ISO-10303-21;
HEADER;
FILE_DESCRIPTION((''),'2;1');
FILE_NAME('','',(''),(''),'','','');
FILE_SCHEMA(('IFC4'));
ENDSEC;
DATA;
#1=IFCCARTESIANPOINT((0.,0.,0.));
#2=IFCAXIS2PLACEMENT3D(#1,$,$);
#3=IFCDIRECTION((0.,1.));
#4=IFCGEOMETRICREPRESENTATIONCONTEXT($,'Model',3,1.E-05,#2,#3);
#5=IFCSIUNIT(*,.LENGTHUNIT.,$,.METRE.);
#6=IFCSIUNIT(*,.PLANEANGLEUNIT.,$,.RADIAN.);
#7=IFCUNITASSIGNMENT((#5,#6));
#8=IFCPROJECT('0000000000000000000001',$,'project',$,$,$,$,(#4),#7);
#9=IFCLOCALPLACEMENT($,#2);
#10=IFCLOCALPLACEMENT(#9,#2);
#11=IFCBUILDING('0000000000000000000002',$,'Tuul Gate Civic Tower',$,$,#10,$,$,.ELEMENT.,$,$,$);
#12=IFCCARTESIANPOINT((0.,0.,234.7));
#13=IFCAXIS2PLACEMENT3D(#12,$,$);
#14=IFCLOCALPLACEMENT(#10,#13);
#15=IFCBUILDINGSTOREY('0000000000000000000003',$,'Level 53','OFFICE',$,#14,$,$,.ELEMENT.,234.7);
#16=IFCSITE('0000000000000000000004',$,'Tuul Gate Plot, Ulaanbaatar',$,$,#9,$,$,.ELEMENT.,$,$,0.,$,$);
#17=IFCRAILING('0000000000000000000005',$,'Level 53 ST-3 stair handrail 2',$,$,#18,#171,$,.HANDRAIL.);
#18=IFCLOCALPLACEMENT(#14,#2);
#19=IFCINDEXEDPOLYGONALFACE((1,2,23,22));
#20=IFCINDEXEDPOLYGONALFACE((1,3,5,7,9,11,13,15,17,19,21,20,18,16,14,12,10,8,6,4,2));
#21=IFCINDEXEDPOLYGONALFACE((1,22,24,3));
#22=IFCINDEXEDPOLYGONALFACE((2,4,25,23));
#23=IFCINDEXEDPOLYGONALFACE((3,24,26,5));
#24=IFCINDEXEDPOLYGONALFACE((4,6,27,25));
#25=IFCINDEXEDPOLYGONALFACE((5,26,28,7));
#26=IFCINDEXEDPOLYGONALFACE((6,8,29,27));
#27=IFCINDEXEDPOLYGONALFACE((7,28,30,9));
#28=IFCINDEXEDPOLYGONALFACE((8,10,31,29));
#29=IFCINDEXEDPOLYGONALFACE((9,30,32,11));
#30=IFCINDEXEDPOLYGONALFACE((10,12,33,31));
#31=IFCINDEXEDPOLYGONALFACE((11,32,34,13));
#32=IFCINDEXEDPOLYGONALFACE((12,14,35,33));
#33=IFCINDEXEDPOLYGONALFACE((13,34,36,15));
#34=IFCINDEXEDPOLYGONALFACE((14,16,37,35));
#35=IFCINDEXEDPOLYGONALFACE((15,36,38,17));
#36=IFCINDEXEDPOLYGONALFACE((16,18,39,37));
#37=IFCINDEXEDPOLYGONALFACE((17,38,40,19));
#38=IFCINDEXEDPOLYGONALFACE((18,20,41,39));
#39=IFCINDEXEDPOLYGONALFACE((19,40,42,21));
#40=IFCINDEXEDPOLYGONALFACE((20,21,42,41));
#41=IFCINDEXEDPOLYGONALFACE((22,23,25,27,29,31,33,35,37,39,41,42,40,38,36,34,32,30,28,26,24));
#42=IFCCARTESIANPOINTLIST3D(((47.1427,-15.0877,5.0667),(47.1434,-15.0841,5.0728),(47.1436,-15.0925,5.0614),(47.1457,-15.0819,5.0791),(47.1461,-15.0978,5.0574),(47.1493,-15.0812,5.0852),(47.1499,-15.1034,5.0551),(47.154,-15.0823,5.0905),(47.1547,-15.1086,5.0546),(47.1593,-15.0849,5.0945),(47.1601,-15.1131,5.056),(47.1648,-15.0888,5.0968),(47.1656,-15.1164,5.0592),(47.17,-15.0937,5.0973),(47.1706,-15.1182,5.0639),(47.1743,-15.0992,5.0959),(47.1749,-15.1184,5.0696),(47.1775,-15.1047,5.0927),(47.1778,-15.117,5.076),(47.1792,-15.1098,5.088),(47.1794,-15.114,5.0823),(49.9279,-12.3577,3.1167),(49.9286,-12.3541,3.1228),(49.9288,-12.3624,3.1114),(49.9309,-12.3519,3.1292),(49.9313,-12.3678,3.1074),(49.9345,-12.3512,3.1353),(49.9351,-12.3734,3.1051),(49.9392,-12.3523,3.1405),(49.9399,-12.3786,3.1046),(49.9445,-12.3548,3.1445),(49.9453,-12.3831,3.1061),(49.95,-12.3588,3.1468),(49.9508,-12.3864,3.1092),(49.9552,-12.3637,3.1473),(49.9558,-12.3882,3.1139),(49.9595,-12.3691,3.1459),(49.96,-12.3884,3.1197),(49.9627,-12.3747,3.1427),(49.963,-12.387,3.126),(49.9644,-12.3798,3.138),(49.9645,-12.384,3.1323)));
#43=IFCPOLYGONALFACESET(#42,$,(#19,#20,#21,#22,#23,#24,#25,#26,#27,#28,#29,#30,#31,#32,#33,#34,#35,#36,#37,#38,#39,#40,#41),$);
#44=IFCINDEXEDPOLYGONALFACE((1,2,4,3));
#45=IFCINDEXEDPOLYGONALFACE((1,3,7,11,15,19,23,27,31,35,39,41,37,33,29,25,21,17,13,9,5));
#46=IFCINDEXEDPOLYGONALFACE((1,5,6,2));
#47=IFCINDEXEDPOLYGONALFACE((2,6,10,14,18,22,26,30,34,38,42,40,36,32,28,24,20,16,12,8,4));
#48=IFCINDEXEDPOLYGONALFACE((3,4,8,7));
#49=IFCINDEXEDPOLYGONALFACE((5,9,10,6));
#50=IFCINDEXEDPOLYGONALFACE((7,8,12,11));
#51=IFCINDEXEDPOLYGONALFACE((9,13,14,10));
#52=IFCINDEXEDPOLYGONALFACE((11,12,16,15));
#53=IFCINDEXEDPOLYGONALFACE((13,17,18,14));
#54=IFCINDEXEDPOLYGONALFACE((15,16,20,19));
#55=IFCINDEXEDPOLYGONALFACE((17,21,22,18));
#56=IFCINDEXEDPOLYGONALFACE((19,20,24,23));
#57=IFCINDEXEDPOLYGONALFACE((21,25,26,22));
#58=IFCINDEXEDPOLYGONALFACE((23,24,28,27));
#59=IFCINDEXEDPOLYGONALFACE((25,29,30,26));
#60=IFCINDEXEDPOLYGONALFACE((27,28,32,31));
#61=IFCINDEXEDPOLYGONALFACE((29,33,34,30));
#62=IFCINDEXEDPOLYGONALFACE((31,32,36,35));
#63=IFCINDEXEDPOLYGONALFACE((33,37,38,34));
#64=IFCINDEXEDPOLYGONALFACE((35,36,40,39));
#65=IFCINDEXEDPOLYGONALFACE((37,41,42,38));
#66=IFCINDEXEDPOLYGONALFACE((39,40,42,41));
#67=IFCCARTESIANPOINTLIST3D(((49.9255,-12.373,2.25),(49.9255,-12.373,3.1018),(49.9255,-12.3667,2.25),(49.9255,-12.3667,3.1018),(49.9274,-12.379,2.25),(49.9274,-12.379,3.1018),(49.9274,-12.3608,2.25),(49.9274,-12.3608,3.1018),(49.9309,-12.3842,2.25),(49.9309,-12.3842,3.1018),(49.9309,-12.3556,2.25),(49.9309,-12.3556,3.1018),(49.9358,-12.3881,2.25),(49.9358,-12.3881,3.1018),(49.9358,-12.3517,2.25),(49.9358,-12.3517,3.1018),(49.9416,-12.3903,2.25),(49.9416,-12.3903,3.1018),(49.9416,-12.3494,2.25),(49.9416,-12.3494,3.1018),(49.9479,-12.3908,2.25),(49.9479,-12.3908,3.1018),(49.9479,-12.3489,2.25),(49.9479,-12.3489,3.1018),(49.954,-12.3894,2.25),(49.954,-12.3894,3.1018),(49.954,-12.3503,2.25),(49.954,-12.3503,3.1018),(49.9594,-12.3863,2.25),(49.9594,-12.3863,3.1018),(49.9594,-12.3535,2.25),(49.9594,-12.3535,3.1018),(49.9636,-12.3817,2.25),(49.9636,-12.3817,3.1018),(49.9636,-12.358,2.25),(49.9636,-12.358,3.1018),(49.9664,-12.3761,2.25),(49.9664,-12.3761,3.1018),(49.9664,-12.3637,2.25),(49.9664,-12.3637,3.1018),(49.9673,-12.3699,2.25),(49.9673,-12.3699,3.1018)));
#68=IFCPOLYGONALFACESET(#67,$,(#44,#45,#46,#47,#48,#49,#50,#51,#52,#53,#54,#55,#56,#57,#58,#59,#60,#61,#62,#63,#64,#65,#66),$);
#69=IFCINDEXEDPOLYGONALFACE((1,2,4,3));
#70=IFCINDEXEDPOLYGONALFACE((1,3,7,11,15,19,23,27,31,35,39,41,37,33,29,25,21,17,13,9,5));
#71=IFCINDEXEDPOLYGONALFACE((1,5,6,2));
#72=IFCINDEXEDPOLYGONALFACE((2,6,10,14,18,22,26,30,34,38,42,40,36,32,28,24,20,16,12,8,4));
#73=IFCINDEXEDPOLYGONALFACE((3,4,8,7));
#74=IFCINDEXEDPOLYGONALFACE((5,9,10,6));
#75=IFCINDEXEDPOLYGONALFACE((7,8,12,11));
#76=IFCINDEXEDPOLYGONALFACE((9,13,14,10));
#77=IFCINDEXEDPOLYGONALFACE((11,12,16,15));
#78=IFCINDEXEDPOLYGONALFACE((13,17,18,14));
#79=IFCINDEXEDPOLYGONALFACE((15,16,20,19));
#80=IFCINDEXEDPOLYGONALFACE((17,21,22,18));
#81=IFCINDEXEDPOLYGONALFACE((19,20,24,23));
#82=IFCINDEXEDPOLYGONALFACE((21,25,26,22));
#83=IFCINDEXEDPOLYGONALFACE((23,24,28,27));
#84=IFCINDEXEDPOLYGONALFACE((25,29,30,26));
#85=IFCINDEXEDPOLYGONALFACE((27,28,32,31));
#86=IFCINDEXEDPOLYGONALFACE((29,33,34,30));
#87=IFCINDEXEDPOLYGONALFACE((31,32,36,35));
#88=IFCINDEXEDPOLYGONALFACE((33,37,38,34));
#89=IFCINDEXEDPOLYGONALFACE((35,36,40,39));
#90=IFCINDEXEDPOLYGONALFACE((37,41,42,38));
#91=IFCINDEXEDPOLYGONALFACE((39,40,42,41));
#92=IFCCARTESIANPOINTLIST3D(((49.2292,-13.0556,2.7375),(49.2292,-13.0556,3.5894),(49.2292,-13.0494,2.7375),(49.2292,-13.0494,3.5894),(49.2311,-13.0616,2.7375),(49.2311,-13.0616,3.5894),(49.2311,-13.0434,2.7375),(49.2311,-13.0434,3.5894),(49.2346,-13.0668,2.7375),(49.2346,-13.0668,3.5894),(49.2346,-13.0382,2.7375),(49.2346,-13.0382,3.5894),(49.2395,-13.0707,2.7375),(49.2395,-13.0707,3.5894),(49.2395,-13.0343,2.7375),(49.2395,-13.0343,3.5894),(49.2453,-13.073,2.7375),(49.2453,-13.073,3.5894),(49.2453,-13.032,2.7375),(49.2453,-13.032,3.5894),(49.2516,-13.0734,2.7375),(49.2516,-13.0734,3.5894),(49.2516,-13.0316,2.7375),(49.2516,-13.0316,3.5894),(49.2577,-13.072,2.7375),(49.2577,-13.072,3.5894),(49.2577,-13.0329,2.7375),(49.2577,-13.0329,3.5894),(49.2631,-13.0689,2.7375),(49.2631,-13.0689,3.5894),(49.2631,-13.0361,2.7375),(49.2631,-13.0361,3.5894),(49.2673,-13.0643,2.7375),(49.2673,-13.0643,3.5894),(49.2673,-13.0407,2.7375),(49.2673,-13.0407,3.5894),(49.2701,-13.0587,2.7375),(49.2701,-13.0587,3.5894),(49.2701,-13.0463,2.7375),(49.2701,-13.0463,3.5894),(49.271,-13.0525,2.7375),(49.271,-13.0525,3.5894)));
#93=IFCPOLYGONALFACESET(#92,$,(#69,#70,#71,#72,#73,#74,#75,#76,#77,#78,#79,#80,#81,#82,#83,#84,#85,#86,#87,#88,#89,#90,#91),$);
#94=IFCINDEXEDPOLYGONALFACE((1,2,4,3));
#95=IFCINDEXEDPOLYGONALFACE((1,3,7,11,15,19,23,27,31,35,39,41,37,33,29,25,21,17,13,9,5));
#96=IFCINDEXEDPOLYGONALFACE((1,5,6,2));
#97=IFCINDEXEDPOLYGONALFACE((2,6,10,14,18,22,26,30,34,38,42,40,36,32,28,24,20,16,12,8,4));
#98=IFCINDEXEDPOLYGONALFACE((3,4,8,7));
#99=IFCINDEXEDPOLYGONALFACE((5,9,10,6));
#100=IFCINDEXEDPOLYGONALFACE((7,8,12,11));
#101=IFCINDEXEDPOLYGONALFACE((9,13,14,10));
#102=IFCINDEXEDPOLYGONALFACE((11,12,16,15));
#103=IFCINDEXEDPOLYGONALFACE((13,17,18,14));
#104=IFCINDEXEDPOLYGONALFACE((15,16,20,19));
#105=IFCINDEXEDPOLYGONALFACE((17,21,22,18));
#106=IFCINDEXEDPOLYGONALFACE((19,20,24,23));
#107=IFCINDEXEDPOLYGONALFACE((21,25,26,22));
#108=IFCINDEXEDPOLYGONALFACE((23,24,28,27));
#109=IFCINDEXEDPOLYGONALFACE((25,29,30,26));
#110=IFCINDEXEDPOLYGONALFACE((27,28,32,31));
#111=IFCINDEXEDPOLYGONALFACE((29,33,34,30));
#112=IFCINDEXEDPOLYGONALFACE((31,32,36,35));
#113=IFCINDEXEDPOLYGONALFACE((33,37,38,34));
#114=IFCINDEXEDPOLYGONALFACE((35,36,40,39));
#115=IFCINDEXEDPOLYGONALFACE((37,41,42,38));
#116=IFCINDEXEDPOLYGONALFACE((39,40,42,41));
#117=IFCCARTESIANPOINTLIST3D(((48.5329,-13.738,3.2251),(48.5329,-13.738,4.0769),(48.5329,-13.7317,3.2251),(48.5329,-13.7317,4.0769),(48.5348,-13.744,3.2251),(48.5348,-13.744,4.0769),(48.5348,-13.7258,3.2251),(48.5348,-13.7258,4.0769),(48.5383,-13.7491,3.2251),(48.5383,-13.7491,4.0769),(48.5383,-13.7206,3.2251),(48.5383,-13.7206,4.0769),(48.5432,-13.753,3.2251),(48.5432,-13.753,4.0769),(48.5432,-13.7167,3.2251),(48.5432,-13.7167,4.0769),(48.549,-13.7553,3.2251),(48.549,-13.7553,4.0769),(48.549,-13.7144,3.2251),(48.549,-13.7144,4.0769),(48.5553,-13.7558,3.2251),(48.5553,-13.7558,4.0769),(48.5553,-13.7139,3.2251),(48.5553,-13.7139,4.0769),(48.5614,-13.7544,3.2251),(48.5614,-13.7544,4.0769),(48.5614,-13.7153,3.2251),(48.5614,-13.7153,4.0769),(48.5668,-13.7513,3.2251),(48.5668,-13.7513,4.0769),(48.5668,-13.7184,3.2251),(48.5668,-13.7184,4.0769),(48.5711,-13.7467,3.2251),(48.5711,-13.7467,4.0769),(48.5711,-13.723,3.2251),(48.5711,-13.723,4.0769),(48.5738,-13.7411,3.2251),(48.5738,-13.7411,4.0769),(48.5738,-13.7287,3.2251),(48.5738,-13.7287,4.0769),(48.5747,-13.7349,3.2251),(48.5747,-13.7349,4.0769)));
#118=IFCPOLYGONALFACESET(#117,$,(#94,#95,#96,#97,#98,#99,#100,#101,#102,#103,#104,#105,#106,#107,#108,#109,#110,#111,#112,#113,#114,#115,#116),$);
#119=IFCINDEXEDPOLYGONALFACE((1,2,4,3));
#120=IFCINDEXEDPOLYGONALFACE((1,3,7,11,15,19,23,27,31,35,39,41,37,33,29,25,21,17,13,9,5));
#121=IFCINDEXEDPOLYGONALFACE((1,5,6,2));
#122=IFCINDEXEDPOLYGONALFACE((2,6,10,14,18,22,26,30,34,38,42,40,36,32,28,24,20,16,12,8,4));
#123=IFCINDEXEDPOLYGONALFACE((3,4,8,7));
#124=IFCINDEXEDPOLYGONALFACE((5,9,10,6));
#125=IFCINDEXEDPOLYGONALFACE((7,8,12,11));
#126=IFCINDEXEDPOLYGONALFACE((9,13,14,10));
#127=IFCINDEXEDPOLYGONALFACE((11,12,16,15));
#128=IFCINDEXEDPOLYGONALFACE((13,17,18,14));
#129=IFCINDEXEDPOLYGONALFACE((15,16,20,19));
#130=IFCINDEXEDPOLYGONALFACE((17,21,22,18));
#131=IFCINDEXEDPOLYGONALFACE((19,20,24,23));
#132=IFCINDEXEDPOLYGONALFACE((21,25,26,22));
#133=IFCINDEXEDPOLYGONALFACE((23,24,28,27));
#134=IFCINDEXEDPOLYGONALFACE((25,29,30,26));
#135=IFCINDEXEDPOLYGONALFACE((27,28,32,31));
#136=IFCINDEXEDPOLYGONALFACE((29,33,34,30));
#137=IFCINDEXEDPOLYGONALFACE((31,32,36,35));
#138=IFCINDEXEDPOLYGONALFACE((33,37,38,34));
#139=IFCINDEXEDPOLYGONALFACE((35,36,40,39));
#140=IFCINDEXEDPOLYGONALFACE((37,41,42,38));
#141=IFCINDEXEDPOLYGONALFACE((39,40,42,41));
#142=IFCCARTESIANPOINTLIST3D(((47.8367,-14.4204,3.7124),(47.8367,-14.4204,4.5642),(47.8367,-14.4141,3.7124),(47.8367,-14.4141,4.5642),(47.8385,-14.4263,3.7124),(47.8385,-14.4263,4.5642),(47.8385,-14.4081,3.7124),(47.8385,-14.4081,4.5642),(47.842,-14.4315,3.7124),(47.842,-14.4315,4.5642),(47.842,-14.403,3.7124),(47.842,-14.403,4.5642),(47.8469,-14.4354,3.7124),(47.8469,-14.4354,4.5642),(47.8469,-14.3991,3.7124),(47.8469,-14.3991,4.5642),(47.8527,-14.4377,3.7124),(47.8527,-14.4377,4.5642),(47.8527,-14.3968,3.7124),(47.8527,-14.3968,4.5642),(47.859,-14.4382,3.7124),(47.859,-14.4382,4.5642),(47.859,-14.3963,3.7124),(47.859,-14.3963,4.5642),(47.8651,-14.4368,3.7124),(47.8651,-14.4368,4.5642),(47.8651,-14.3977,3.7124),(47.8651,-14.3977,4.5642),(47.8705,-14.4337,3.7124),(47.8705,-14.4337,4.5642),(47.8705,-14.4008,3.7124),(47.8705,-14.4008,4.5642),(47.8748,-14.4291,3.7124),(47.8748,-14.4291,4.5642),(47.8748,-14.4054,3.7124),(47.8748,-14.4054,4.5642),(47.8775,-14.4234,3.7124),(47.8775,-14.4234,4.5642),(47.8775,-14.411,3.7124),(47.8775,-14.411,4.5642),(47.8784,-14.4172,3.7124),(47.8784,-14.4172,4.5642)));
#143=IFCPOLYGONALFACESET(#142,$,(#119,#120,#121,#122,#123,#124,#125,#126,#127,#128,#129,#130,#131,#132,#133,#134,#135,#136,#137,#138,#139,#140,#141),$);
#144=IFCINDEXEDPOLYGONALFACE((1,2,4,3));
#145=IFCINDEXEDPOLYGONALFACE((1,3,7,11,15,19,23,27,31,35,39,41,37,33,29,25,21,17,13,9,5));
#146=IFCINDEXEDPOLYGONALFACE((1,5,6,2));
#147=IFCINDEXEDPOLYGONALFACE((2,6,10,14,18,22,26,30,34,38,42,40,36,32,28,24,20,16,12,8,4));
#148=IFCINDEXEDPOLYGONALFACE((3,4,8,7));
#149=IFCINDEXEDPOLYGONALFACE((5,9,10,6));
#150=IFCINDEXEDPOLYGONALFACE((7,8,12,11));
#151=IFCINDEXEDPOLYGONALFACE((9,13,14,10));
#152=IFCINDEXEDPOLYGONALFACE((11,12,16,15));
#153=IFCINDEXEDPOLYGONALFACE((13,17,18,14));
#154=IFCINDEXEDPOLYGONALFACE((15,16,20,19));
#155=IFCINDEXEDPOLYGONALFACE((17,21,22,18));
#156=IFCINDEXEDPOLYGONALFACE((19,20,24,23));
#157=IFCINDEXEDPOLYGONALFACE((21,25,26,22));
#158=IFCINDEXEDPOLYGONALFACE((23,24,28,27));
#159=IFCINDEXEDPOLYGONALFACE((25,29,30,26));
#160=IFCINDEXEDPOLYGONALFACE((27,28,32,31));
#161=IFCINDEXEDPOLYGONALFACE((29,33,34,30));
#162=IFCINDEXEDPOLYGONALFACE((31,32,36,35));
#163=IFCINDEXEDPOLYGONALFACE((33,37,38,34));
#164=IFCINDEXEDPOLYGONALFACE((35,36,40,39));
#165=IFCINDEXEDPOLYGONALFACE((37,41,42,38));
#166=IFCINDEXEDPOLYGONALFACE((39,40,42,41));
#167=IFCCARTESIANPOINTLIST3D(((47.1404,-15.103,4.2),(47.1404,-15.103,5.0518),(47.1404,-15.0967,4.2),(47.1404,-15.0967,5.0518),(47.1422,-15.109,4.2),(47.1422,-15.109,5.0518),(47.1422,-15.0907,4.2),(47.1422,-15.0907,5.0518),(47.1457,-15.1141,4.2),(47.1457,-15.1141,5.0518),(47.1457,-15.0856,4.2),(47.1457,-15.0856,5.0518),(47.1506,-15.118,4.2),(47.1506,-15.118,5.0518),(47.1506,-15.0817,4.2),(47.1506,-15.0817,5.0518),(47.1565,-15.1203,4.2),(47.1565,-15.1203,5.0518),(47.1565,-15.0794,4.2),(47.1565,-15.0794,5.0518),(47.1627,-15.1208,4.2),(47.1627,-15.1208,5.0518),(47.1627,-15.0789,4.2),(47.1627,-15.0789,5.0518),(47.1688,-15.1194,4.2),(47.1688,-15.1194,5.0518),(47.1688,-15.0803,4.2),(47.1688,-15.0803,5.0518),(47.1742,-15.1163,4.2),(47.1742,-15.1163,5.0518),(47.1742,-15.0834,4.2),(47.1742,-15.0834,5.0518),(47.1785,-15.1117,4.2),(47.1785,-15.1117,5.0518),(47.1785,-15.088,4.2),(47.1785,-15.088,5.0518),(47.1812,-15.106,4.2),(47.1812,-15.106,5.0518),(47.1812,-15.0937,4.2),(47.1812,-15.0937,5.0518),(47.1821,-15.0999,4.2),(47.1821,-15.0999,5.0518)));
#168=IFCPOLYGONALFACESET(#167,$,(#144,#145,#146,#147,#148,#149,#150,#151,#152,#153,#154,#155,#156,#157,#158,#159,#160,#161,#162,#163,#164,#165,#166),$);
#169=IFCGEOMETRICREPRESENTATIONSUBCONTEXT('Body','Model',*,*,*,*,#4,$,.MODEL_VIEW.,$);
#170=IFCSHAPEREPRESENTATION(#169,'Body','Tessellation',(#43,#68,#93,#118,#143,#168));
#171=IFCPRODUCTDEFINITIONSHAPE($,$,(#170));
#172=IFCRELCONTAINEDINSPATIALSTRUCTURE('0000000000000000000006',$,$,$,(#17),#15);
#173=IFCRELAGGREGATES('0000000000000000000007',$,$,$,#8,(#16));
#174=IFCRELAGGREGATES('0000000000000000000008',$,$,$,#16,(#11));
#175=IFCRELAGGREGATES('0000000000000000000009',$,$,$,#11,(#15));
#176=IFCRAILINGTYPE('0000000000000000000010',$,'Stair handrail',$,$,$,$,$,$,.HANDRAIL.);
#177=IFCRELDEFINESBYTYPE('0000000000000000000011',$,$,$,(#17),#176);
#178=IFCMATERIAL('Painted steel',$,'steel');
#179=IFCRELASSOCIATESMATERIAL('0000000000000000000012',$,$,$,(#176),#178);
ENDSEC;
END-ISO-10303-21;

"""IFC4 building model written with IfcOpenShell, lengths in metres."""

from ifc_helpers import new_model, si_unit, direction, frame, origin, origin_2d, place, context, subcontext, project, spatial, circle, extrude, material, type_object, element, save


model = new_model("IFC4")

# Units and contexts
model_context = context("Model", 3, precision=1e-05, world=origin(), true_north=direction((0.0, 1.0)))
body_context = subcontext(model_context, "Body", "Model", "MODEL_VIEW")
ifc_project = project(units=[si_unit("LENGTHUNIT", "METRE"), si_unit("PLANEANGLEUNIT", "RADIAN")], contexts=[model_context])

# Site, building, storey
site_placement = place(None, origin())
site = spatial("IfcSite", under=ifc_project, at=site_placement, Name="Tuul Gate Plot, Ulaanbaatar", CompositionType="ELEMENT", RefElevation=0.0)
building_placement = place(site_placement, origin())
building = spatial("IfcBuilding", under=site, at=building_placement, Name="Tuul Gate Civic Tower", CompositionType="ELEMENT")
storey_placement = place(building_placement, frame((0.0, 0.0, 234.7)))
storey = spatial("IfcBuildingStorey", under=building, at=storey_placement, Name="Level 53", Description="OFFICE", CompositionType="ELEMENT", Elevation=234.7)

# Railing
ifc_material_1 = material(Name="Painted steel", Category="steel")
railing_type = type_object("IfcRailingType", Name="Stair handrail", PredefinedType="HANDRAIL", material=ifc_material_1)
railing_placement = place(storey_placement, frame((49.9463, -12.3699, 2.25)))
element("IfcRailing", 1, at=railing_placement, inside=storey, type_object=railing_type, Name="Level 53 ST-3 stair handrail 2", PredefinedType="HANDRAIL", context=body_context, shape_type="SweptSolid", body=[
    extrude(circle(Radius=0.0239, at=origin_2d()), frame((0.0, 0.0, 0.876), z_axis=(-0.638754, -0.6261, 0.447206), x_axis=(0.699998, -0.714145, 0.0)), (0.0, 0.0, 1.0), 4.3604),
    extrude(circle(Radius=0.021, at=origin_2d()), origin(), (0.0, 0.0, 1.0), 0.8518),
    extrude(circle(Radius=0.021, at=origin_2d()), frame((-0.6963, -0.6826, 0.4875)), (0.0, 0.0, 1.0), 0.8518),
    extrude(circle(Radius=0.021, at=origin_2d()), frame((-1.3926, -1.365, 0.9751)), (0.0, 0.0, 1.0), 0.8518),
    extrude(circle(Radius=0.021, at=origin_2d()), frame((-2.0889, -2.0474, 1.4624)), (0.0, 0.0, 1.0), 0.8518),
    extrude(circle(Radius=0.021, at=origin_2d()), frame((-2.7852, -2.73, 1.95)), (0.0, 0.0, 1.0), 0.8518),
])

save(model, "model.ifc")
